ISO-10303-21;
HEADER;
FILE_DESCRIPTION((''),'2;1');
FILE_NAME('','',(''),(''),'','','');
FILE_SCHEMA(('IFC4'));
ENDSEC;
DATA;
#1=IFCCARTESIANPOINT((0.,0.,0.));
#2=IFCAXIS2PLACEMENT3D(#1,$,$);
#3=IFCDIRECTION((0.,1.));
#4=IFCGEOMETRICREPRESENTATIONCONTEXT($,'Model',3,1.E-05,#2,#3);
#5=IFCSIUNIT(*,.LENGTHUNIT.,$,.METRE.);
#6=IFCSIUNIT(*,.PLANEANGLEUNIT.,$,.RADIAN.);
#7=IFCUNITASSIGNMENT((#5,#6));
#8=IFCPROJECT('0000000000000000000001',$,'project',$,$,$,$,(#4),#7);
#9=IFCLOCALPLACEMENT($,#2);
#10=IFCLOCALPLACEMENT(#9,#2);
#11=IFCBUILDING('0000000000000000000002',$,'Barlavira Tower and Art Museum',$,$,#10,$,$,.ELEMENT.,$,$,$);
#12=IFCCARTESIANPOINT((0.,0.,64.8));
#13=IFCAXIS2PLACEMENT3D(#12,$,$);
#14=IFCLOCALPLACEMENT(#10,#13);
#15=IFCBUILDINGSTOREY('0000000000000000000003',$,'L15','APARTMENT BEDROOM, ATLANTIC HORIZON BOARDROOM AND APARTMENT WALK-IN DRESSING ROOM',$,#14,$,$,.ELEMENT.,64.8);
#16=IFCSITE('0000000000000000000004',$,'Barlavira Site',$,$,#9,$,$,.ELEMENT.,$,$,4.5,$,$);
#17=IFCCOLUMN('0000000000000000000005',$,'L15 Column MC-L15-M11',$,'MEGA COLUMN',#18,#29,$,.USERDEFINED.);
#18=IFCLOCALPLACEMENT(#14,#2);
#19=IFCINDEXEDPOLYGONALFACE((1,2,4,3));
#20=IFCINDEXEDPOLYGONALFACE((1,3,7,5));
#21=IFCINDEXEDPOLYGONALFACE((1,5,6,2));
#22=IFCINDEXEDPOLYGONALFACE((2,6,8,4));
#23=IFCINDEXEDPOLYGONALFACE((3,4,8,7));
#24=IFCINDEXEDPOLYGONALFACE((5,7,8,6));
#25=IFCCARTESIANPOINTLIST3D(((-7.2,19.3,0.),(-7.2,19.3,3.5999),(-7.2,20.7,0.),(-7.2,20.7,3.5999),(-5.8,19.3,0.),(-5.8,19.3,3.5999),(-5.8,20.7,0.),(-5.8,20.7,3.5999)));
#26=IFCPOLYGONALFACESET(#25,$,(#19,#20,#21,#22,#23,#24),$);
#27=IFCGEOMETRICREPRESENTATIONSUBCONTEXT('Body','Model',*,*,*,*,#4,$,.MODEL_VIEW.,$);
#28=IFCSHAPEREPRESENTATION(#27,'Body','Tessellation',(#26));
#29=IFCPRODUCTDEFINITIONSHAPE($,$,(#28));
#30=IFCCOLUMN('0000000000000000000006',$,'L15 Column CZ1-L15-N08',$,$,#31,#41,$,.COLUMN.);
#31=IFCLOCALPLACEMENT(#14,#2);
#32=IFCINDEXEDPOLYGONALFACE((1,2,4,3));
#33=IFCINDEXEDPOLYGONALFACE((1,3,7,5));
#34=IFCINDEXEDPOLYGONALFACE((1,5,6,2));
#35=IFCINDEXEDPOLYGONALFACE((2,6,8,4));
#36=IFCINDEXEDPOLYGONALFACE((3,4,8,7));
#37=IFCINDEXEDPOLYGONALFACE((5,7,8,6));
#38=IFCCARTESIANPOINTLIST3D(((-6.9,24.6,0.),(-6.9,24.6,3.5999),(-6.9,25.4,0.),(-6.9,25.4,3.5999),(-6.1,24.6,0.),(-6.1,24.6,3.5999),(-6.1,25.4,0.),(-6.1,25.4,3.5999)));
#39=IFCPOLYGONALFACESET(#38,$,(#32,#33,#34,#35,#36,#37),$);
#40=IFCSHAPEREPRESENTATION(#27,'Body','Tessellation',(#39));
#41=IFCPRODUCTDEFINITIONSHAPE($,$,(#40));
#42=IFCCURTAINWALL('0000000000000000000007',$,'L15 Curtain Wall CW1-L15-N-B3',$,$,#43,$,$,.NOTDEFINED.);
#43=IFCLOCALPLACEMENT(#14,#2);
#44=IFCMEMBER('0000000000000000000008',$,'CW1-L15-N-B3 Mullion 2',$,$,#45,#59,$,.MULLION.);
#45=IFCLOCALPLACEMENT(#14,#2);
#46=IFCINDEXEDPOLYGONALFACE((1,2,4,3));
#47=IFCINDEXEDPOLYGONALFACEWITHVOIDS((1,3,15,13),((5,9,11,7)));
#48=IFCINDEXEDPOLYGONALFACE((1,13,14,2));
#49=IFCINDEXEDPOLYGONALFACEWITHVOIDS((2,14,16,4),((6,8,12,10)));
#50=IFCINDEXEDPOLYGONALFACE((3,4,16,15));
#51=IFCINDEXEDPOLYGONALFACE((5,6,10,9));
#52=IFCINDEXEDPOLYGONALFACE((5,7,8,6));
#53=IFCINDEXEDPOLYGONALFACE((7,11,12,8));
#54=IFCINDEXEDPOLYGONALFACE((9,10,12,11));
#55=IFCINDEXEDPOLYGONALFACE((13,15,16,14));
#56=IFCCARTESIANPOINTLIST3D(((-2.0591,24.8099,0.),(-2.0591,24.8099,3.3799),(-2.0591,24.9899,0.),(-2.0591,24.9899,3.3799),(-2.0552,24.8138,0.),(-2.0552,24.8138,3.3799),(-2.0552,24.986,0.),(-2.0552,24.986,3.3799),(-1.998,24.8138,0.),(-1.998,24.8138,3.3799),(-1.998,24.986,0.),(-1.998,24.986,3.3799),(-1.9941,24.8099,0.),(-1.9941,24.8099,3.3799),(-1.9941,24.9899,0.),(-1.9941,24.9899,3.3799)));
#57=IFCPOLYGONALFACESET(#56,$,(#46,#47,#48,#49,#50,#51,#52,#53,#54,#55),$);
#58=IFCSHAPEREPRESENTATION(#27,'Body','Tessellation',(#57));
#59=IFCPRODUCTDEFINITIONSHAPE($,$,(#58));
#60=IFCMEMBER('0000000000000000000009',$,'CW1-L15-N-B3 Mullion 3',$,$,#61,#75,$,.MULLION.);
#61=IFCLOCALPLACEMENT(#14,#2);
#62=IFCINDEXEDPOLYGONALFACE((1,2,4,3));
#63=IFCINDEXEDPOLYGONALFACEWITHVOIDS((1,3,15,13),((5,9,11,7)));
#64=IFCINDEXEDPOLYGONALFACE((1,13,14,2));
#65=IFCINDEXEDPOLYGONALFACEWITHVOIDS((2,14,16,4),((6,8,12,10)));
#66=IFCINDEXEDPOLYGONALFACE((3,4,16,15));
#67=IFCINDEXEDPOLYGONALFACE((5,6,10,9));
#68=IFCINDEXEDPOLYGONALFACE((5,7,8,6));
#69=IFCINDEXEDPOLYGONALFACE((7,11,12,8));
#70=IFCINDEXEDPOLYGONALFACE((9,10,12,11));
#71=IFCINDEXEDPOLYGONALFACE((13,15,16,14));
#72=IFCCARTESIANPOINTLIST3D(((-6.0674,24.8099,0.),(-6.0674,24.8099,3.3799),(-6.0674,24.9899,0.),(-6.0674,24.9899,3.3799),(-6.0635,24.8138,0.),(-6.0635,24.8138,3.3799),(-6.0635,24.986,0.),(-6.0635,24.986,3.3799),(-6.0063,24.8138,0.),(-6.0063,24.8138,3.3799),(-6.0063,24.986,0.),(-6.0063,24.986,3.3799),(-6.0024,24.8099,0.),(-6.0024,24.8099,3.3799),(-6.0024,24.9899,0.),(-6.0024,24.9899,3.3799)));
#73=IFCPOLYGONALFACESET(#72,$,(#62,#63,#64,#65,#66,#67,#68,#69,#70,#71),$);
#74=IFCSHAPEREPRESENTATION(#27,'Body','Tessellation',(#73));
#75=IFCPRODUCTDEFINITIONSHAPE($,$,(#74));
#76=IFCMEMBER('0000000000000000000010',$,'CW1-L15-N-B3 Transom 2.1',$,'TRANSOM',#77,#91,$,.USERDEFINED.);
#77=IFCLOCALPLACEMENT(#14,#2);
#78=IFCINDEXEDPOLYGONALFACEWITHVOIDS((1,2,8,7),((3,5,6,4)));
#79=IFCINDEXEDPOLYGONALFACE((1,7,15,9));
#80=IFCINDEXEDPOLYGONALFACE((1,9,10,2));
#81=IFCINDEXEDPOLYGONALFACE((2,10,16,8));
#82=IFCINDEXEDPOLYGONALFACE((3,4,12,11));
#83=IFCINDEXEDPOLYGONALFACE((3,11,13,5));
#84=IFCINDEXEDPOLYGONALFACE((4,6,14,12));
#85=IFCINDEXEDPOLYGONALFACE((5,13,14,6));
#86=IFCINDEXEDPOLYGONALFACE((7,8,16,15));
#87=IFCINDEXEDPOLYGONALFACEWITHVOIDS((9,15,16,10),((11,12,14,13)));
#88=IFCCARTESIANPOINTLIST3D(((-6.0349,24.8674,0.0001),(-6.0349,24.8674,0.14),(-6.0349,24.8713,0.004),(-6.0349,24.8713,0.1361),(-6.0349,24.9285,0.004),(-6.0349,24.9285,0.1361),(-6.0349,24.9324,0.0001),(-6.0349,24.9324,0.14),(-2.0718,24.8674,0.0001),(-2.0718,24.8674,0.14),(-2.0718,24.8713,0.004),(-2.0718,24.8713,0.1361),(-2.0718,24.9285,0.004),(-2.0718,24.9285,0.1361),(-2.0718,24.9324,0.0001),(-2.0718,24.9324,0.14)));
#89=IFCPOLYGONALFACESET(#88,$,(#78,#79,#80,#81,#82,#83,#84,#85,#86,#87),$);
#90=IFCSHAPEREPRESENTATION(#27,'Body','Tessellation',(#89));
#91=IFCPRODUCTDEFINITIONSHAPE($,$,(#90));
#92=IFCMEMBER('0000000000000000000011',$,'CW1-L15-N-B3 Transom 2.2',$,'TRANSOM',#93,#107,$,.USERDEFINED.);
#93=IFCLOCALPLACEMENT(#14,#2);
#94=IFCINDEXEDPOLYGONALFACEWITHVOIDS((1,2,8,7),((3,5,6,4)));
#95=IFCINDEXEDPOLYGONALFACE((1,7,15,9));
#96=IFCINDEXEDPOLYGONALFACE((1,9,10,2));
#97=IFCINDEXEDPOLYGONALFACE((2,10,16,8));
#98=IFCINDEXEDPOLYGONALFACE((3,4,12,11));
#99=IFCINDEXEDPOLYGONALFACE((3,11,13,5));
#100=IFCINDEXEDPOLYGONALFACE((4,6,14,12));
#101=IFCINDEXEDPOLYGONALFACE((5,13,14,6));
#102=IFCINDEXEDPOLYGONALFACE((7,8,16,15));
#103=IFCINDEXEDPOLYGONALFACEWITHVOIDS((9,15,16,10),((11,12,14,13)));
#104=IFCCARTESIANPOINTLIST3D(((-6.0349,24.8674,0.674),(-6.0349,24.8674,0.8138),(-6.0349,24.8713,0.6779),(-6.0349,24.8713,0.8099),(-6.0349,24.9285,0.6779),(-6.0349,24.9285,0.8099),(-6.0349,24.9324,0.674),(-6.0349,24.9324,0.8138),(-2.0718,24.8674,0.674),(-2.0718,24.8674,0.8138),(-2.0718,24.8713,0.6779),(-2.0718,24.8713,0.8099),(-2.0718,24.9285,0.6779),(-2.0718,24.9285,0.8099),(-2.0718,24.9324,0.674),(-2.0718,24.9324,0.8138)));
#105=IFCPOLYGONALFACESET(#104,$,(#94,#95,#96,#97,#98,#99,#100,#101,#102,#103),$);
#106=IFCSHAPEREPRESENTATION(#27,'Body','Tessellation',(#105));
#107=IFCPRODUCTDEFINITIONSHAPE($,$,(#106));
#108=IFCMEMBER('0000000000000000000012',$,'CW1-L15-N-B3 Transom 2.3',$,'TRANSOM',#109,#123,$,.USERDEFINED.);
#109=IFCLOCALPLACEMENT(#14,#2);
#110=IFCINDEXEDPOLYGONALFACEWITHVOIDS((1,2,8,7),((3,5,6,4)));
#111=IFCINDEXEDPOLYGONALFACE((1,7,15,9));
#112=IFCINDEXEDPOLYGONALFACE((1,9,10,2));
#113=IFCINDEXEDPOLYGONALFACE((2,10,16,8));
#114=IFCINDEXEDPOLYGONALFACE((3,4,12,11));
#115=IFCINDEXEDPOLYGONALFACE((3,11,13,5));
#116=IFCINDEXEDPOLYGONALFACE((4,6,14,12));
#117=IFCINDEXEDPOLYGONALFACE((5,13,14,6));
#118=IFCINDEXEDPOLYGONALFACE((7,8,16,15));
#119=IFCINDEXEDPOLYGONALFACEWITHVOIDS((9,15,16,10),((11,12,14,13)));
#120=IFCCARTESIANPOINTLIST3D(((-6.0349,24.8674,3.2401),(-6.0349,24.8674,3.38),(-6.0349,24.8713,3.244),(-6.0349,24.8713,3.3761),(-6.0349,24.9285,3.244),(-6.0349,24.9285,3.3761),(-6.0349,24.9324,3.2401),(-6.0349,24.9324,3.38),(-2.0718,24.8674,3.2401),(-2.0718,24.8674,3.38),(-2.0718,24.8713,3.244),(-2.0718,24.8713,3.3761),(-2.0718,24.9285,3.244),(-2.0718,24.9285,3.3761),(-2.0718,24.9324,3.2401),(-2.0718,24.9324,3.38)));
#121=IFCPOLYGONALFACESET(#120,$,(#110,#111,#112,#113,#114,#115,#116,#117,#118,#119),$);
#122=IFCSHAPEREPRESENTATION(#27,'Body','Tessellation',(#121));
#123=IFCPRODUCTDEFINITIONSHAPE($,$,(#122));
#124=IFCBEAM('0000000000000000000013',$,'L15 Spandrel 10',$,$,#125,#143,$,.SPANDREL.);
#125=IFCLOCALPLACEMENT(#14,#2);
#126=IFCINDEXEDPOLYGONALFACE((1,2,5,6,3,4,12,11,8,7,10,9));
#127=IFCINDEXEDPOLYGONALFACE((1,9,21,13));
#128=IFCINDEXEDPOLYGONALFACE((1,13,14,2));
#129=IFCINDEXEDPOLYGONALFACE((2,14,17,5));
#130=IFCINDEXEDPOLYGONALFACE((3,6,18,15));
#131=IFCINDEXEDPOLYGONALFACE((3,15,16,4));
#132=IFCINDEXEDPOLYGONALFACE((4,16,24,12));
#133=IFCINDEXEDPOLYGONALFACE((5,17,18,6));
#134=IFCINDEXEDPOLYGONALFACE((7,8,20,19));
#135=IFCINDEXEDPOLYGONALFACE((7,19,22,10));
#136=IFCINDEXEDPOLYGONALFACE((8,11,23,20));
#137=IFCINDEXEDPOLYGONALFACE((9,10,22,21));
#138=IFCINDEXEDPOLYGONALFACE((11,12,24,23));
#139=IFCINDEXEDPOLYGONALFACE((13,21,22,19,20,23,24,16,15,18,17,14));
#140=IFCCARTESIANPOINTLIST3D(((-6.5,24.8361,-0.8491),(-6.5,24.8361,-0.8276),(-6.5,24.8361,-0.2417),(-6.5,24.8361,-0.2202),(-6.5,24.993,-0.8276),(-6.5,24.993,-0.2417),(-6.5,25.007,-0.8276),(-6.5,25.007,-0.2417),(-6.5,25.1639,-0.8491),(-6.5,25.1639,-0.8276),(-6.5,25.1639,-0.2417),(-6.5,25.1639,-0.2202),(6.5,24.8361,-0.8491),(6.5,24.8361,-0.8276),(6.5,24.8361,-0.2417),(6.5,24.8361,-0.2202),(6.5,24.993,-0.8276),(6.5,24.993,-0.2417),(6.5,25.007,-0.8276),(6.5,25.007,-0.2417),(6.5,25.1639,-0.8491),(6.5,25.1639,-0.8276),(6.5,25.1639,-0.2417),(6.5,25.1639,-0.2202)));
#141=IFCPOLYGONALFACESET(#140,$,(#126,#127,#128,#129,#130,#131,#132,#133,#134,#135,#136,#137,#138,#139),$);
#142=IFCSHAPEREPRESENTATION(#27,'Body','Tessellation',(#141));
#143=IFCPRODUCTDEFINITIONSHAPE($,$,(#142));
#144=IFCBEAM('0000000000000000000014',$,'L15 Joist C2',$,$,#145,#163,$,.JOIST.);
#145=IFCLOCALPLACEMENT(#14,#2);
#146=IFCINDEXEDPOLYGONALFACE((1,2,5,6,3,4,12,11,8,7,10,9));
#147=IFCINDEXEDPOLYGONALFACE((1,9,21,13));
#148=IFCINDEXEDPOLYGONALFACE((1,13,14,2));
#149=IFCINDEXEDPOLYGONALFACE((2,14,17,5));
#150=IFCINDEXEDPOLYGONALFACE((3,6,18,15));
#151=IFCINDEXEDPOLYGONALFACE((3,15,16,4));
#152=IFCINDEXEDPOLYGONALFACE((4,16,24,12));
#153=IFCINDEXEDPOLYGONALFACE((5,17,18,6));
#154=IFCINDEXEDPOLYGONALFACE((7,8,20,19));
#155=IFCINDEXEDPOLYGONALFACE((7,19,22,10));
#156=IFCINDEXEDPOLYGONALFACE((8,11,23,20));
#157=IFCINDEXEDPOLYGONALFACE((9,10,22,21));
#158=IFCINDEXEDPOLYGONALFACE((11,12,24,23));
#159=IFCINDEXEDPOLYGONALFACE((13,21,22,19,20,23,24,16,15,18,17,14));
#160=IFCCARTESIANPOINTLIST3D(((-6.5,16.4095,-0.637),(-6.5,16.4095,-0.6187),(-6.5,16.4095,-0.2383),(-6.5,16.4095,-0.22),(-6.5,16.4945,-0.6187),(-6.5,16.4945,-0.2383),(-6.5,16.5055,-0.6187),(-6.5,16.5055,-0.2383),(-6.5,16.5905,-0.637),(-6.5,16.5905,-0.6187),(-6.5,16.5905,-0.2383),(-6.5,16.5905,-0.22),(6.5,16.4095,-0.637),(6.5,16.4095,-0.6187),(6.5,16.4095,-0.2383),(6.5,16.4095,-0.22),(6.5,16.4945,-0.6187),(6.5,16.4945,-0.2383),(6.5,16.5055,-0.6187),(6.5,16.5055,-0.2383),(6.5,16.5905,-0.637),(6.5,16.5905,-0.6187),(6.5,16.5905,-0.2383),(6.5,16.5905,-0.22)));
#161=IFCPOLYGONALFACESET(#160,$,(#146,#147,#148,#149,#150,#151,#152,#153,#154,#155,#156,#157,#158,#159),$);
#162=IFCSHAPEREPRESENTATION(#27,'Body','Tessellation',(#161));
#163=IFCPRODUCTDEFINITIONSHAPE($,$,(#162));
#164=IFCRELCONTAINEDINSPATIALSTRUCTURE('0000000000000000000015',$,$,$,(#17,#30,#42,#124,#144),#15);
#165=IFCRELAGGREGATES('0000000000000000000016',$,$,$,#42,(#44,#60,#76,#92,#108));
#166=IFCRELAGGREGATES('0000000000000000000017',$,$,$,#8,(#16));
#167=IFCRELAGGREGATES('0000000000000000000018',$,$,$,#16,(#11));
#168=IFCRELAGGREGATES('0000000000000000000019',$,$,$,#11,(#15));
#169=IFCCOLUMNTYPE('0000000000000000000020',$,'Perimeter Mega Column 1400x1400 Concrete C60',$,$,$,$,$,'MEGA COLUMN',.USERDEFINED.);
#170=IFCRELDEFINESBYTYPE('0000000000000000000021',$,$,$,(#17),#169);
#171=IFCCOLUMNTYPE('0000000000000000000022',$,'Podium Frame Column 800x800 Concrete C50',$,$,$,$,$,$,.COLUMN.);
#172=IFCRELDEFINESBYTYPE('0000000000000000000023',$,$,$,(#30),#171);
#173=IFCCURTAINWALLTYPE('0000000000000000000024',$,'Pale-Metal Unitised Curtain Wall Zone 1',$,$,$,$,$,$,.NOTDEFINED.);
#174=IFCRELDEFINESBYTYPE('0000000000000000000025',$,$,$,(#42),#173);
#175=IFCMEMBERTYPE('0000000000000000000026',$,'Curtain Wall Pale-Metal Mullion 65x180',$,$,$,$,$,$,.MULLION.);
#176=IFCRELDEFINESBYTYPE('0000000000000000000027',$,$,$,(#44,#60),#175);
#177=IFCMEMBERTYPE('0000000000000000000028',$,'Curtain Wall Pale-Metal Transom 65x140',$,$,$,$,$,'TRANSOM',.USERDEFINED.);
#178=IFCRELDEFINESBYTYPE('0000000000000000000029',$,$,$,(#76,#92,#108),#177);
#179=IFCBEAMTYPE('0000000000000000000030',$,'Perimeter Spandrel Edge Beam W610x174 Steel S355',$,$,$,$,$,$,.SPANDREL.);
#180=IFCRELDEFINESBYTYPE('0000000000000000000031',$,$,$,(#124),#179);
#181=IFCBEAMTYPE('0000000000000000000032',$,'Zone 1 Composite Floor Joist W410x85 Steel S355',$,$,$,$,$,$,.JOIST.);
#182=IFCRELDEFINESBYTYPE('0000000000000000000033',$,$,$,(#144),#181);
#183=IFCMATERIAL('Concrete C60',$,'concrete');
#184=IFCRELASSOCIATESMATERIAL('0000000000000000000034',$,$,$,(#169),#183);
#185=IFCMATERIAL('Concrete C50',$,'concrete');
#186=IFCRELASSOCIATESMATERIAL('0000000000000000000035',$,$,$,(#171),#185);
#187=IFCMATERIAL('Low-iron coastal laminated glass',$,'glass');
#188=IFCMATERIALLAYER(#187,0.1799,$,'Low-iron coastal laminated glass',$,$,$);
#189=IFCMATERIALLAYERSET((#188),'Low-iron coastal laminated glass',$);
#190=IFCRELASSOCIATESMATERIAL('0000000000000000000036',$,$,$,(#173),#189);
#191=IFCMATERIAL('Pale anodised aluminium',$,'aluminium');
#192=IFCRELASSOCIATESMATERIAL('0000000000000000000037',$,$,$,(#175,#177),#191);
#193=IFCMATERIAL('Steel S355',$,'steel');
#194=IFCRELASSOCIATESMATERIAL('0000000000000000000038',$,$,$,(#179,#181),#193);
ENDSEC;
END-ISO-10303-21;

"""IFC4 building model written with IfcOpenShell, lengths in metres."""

from ifc_helpers import new_model, si_unit, direction, frame, origin, origin_2d, place, context, subcontext, project, spatial, rectangle, hollow_rectangle, i_section, extrude, material, layer, layer_set, material_profile, profile_set, type_object, element, aggregate, save


model = new_model("IFC4")

# Units and contexts
model_context = context("Model", 3, precision=1e-05, world=origin(), true_north=direction((0.0, 1.0)))
body_context = subcontext(model_context, "Body", "Model", "MODEL_VIEW")
ifc_project = project(units=[si_unit("LENGTHUNIT", "METRE"), si_unit("PLANEANGLEUNIT", "RADIAN")], contexts=[model_context])

# Site, building, storey
site_placement = place(None, origin())
site = spatial("IfcSite", under=ifc_project, at=site_placement, Name="Barlavira Site", CompositionType="ELEMENT", RefElevation=4.5)
building_placement = place(site_placement, origin())
building = spatial("IfcBuilding", under=site, at=building_placement, Name="Barlavira Tower and Art Museum", CompositionType="ELEMENT")
storey_placement = place(building_placement, frame((0.0, 0.0, 64.8)))
storey = spatial("IfcBuildingStorey", under=building, at=storey_placement, Name="L15", Description="APARTMENT BEDROOM, ATLANTIC HORIZON BOARDROOM AND APARTMENT WALK-IN DRESSING ROOM", CompositionType="ELEMENT", Elevation=64.8)

# Columns
ifc_material_1 = material(Name="Concrete C60", Category="concrete")
ifc_material_profile_1 = material_profile(ifc_material_1, rectangle(XDim=1.3999, YDim=1.3999, at=origin_2d()), Name="RC-MCOL 1400x1400")
ifc_profile_set_1 = profile_set([ifc_material_profile_1], Name="Concrete C60")
column_type_1 = type_object("IfcColumnType", Name="Perimeter Mega Column 1400x1400 Concrete C60", ElementType="MEGA COLUMN", PredefinedType="USERDEFINED", material=ifc_profile_set_1)
column_1_placement = place(storey_placement, frame((-6.5, 20.0, 0.0), z_axis=(0.0, 0.0, 1.0), x_axis=(1.0, 0.0, 0.0)))
element("IfcColumn", 1, at=column_1_placement, inside=storey, type_object=column_type_1, Name="L15 Column MC-L15-M11", ObjectType="MEGA COLUMN", PredefinedType="USERDEFINED", context=body_context, shape_type="SweptSolid", body=[
    extrude(rectangle(XDim=1.3999, YDim=1.3999, at=origin_2d()), origin(), (0.0, 0.0, 1.0), 3.5999),
])
ifc_material_2 = material(Name="Concrete C50", Category="concrete")
ifc_material_profile_2 = material_profile(ifc_material_2, rectangle(XDim=0.8, YDim=0.8, at=origin_2d()), Name="RC-COL 800x800")
ifc_profile_set_2 = profile_set([ifc_material_profile_2], Name="Concrete C50")
column_type_2 = type_object("IfcColumnType", Name="Podium Frame Column 800x800 Concrete C50", PredefinedType="COLUMN", material=ifc_profile_set_2)
column_2_placement = place(storey_placement, frame((-6.5, 25.0, 0.0), z_axis=(0.0, 0.0, 1.0), x_axis=(1.0, 0.0, 0.0)))
element("IfcColumn", 2, at=column_2_placement, inside=storey, type_object=column_type_2, Name="L15 Column CZ1-L15-N08", PredefinedType="COLUMN", context=body_context, shape_type="SweptSolid", body=[
    extrude(rectangle(XDim=0.8, YDim=0.8, at=origin_2d()), origin(), (0.0, 0.0, 1.0), 3.5999),
])

# Curtain wall, members
ifc_material_3 = material(Name="Low-iron coastal laminated glass", Category="glass")
ifc_layer_1 = layer(ifc_material_3, 0.1799, Name="Low-iron coastal laminated glass")
ifc_layer_set_1 = layer_set([ifc_layer_1], Name="Low-iron coastal laminated glass")
curtain_wall_type = type_object("IfcCurtainWallType", Name="Pale-Metal Unitised Curtain Wall Zone 1", PredefinedType="NOTDEFINED", material=ifc_layer_set_1)
curtain_wall_placement = place(storey_placement, origin())
curtain_wall = element("IfcCurtainWall", 3, at=curtain_wall_placement, inside=storey, type_object=curtain_wall_type, Name="L15 Curtain Wall CW1-L15-N-B3", PredefinedType="NOTDEFINED")
ifc_material_4 = material(Name="Pale anodised aluminium", Category="aluminium")
ifc_material_profile_3 = material_profile(ifc_material_4, hollow_rectangle(XDim=0.0649, YDim=0.1799, WallThickness=0.0039, at=origin_2d()), Name="ALU-MULL 65x180x4")
ifc_profile_set_3 = profile_set([ifc_material_profile_3], Name="Pale anodised aluminium")
member_type_1 = type_object("IfcMemberType", Name="Curtain Wall Pale-Metal Mullion 65x180", PredefinedType="MULLION", material=ifc_profile_set_3)
member_1_placement = place(storey_placement, frame((-2.0266, 24.8999, 0.0), z_axis=(0.0, 0.0, 1.0), x_axis=(-1.0, 0.0, 0.0)))
member_1 = element("IfcMember", 4, at=member_1_placement, type_object=member_type_1, Name="CW1-L15-N-B3 Mullion 2", PredefinedType="MULLION", context=body_context, shape_type="SweptSolid", body=[
    extrude(hollow_rectangle(XDim=0.0649, YDim=0.1799, WallThickness=0.0039, at=origin_2d()), origin(), (0.0, 0.0, 1.0), 3.3799),
])
member_2_placement = place(storey_placement, frame((-6.0349, 24.8999, 0.0), z_axis=(0.0, 0.0, 1.0), x_axis=(-1.0, 0.0, 0.0)))
member_2 = element("IfcMember", 5, at=member_2_placement, type_object=member_type_1, Name="CW1-L15-N-B3 Mullion 3", PredefinedType="MULLION", context=body_context, shape_type="SweptSolid", body=[
    extrude(hollow_rectangle(XDim=0.0649, YDim=0.1799, WallThickness=0.0039, at=origin_2d()), origin(), (0.0, 0.0, 1.0), 3.3799),
])
ifc_material_profile_4 = material_profile(ifc_material_4, hollow_rectangle(XDim=0.0649, YDim=0.1399, WallThickness=0.0039, at=origin_2d()), Name="ALU-TRAN 65x140x4")
ifc_profile_set_4 = profile_set([ifc_material_profile_4], Name="Pale anodised aluminium")
member_type_2 = type_object("IfcMemberType", Name="Curtain Wall Pale-Metal Transom 65x140", ElementType="TRANSOM", PredefinedType="USERDEFINED", material=ifc_profile_set_4)
member_3_placement = place(storey_placement, frame((-2.0718, 24.8999, 0.0701), z_axis=(-1.0, 0.0, 0.0), x_axis=(0.0, -1.0, 0.0)))
member_3 = element("IfcMember", 6, at=member_3_placement, type_object=member_type_2, Name="CW1-L15-N-B3 Transom 2.1", ObjectType="TRANSOM", PredefinedType="USERDEFINED", context=body_context, shape_type="SweptSolid", body=[
    extrude(hollow_rectangle(XDim=0.0649, YDim=0.1399, WallThickness=0.0039, at=origin_2d()), origin(), (0.0, 0.0, 1.0), 3.9631),
])
member_4_placement = place(storey_placement, frame((-2.0718, 24.8999, 0.7439), z_axis=(-1.0, 0.0, 0.0), x_axis=(0.0, -1.0, 0.0)))
member_4 = element("IfcMember", 7, at=member_4_placement, type_object=member_type_2, Name="CW1-L15-N-B3 Transom 2.2", ObjectType="TRANSOM", PredefinedType="USERDEFINED", context=body_context, shape_type="SweptSolid", body=[
    extrude(hollow_rectangle(XDim=0.0649, YDim=0.1399, WallThickness=0.0039, at=origin_2d()), origin(), (0.0, 0.0, 1.0), 3.9631),
])
member_5_placement = place(storey_placement, frame((-2.0718, 24.8999, 3.3101), z_axis=(-1.0, 0.0, 0.0), x_axis=(0.0, -1.0, 0.0)))
member_5 = element("IfcMember", 8, at=member_5_placement, type_object=member_type_2, Name="CW1-L15-N-B3 Transom 2.3", ObjectType="TRANSOM", PredefinedType="USERDEFINED", context=body_context, shape_type="SweptSolid", body=[
    extrude(hollow_rectangle(XDim=0.0649, YDim=0.1399, WallThickness=0.0039, at=origin_2d()), origin(), (0.0, 0.0, 1.0), 3.9631),
])

# Beams
ifc_material_5 = material(Name="Steel S355", Category="steel")
ifc_material_profile_5 = material_profile(ifc_material_5, i_section(OverallWidth=0.3279, OverallDepth=0.6289, WebThickness=0.0139, FlangeThickness=0.0215, at=origin_2d()), Name="W610x174.0")
ifc_profile_set_5 = profile_set([ifc_material_profile_5], Name="Steel S355")
beam_type_1 = type_object("IfcBeamType", Name="Perimeter Spandrel Edge Beam W610x174 Steel S355", PredefinedType="SPANDREL", material=ifc_profile_set_5)
beam_1_placement = place(storey_placement, frame((-6.5, 25.0, -0.5347), z_axis=(1.0, 0.0, 0.0), x_axis=(0.0, 1.0, 0.0)))
element("IfcBeam", 9, at=beam_1_placement, inside=storey, type_object=beam_type_1, Name="L15 Spandrel 10", PredefinedType="SPANDREL", context=body_context, shape_type="SweptSolid", body=[
    extrude(i_section(OverallWidth=0.3279, OverallDepth=0.6289, WebThickness=0.0139, FlangeThickness=0.0215, at=origin_2d()), origin(), (0.0, 0.0, 1.0), 13.0),
])
ifc_material_profile_6 = material_profile(ifc_material_5, i_section(OverallWidth=0.1809, OverallDepth=0.417, WebThickness=0.011, FlangeThickness=0.0183, at=origin_2d()), Name="W410x85.0")
ifc_profile_set_6 = profile_set([ifc_material_profile_6], Name="Steel S355")
beam_type_2 = type_object("IfcBeamType", Name="Zone 1 Composite Floor Joist W410x85 Steel S355", PredefinedType="JOIST", material=ifc_profile_set_6)
beam_2_placement = place(storey_placement, frame((-6.5, 16.5, -0.4285), z_axis=(1.0, 0.0, 0.0), x_axis=(0.0, 1.0, 0.0)))
element("IfcBeam", 10, at=beam_2_placement, inside=storey, type_object=beam_type_2, Name="L15 Joist C2", PredefinedType="JOIST", context=body_context, shape_type="SweptSolid", body=[
    extrude(i_section(OverallWidth=0.1809, OverallDepth=0.417, WebThickness=0.011, FlangeThickness=0.0183, at=origin_2d()), origin(), (0.0, 0.0, 1.0), 13.0),
])

aggregate(curtain_wall, [member_1, member_2, member_3, member_4, member_5])

save(model, "model.ifc")
